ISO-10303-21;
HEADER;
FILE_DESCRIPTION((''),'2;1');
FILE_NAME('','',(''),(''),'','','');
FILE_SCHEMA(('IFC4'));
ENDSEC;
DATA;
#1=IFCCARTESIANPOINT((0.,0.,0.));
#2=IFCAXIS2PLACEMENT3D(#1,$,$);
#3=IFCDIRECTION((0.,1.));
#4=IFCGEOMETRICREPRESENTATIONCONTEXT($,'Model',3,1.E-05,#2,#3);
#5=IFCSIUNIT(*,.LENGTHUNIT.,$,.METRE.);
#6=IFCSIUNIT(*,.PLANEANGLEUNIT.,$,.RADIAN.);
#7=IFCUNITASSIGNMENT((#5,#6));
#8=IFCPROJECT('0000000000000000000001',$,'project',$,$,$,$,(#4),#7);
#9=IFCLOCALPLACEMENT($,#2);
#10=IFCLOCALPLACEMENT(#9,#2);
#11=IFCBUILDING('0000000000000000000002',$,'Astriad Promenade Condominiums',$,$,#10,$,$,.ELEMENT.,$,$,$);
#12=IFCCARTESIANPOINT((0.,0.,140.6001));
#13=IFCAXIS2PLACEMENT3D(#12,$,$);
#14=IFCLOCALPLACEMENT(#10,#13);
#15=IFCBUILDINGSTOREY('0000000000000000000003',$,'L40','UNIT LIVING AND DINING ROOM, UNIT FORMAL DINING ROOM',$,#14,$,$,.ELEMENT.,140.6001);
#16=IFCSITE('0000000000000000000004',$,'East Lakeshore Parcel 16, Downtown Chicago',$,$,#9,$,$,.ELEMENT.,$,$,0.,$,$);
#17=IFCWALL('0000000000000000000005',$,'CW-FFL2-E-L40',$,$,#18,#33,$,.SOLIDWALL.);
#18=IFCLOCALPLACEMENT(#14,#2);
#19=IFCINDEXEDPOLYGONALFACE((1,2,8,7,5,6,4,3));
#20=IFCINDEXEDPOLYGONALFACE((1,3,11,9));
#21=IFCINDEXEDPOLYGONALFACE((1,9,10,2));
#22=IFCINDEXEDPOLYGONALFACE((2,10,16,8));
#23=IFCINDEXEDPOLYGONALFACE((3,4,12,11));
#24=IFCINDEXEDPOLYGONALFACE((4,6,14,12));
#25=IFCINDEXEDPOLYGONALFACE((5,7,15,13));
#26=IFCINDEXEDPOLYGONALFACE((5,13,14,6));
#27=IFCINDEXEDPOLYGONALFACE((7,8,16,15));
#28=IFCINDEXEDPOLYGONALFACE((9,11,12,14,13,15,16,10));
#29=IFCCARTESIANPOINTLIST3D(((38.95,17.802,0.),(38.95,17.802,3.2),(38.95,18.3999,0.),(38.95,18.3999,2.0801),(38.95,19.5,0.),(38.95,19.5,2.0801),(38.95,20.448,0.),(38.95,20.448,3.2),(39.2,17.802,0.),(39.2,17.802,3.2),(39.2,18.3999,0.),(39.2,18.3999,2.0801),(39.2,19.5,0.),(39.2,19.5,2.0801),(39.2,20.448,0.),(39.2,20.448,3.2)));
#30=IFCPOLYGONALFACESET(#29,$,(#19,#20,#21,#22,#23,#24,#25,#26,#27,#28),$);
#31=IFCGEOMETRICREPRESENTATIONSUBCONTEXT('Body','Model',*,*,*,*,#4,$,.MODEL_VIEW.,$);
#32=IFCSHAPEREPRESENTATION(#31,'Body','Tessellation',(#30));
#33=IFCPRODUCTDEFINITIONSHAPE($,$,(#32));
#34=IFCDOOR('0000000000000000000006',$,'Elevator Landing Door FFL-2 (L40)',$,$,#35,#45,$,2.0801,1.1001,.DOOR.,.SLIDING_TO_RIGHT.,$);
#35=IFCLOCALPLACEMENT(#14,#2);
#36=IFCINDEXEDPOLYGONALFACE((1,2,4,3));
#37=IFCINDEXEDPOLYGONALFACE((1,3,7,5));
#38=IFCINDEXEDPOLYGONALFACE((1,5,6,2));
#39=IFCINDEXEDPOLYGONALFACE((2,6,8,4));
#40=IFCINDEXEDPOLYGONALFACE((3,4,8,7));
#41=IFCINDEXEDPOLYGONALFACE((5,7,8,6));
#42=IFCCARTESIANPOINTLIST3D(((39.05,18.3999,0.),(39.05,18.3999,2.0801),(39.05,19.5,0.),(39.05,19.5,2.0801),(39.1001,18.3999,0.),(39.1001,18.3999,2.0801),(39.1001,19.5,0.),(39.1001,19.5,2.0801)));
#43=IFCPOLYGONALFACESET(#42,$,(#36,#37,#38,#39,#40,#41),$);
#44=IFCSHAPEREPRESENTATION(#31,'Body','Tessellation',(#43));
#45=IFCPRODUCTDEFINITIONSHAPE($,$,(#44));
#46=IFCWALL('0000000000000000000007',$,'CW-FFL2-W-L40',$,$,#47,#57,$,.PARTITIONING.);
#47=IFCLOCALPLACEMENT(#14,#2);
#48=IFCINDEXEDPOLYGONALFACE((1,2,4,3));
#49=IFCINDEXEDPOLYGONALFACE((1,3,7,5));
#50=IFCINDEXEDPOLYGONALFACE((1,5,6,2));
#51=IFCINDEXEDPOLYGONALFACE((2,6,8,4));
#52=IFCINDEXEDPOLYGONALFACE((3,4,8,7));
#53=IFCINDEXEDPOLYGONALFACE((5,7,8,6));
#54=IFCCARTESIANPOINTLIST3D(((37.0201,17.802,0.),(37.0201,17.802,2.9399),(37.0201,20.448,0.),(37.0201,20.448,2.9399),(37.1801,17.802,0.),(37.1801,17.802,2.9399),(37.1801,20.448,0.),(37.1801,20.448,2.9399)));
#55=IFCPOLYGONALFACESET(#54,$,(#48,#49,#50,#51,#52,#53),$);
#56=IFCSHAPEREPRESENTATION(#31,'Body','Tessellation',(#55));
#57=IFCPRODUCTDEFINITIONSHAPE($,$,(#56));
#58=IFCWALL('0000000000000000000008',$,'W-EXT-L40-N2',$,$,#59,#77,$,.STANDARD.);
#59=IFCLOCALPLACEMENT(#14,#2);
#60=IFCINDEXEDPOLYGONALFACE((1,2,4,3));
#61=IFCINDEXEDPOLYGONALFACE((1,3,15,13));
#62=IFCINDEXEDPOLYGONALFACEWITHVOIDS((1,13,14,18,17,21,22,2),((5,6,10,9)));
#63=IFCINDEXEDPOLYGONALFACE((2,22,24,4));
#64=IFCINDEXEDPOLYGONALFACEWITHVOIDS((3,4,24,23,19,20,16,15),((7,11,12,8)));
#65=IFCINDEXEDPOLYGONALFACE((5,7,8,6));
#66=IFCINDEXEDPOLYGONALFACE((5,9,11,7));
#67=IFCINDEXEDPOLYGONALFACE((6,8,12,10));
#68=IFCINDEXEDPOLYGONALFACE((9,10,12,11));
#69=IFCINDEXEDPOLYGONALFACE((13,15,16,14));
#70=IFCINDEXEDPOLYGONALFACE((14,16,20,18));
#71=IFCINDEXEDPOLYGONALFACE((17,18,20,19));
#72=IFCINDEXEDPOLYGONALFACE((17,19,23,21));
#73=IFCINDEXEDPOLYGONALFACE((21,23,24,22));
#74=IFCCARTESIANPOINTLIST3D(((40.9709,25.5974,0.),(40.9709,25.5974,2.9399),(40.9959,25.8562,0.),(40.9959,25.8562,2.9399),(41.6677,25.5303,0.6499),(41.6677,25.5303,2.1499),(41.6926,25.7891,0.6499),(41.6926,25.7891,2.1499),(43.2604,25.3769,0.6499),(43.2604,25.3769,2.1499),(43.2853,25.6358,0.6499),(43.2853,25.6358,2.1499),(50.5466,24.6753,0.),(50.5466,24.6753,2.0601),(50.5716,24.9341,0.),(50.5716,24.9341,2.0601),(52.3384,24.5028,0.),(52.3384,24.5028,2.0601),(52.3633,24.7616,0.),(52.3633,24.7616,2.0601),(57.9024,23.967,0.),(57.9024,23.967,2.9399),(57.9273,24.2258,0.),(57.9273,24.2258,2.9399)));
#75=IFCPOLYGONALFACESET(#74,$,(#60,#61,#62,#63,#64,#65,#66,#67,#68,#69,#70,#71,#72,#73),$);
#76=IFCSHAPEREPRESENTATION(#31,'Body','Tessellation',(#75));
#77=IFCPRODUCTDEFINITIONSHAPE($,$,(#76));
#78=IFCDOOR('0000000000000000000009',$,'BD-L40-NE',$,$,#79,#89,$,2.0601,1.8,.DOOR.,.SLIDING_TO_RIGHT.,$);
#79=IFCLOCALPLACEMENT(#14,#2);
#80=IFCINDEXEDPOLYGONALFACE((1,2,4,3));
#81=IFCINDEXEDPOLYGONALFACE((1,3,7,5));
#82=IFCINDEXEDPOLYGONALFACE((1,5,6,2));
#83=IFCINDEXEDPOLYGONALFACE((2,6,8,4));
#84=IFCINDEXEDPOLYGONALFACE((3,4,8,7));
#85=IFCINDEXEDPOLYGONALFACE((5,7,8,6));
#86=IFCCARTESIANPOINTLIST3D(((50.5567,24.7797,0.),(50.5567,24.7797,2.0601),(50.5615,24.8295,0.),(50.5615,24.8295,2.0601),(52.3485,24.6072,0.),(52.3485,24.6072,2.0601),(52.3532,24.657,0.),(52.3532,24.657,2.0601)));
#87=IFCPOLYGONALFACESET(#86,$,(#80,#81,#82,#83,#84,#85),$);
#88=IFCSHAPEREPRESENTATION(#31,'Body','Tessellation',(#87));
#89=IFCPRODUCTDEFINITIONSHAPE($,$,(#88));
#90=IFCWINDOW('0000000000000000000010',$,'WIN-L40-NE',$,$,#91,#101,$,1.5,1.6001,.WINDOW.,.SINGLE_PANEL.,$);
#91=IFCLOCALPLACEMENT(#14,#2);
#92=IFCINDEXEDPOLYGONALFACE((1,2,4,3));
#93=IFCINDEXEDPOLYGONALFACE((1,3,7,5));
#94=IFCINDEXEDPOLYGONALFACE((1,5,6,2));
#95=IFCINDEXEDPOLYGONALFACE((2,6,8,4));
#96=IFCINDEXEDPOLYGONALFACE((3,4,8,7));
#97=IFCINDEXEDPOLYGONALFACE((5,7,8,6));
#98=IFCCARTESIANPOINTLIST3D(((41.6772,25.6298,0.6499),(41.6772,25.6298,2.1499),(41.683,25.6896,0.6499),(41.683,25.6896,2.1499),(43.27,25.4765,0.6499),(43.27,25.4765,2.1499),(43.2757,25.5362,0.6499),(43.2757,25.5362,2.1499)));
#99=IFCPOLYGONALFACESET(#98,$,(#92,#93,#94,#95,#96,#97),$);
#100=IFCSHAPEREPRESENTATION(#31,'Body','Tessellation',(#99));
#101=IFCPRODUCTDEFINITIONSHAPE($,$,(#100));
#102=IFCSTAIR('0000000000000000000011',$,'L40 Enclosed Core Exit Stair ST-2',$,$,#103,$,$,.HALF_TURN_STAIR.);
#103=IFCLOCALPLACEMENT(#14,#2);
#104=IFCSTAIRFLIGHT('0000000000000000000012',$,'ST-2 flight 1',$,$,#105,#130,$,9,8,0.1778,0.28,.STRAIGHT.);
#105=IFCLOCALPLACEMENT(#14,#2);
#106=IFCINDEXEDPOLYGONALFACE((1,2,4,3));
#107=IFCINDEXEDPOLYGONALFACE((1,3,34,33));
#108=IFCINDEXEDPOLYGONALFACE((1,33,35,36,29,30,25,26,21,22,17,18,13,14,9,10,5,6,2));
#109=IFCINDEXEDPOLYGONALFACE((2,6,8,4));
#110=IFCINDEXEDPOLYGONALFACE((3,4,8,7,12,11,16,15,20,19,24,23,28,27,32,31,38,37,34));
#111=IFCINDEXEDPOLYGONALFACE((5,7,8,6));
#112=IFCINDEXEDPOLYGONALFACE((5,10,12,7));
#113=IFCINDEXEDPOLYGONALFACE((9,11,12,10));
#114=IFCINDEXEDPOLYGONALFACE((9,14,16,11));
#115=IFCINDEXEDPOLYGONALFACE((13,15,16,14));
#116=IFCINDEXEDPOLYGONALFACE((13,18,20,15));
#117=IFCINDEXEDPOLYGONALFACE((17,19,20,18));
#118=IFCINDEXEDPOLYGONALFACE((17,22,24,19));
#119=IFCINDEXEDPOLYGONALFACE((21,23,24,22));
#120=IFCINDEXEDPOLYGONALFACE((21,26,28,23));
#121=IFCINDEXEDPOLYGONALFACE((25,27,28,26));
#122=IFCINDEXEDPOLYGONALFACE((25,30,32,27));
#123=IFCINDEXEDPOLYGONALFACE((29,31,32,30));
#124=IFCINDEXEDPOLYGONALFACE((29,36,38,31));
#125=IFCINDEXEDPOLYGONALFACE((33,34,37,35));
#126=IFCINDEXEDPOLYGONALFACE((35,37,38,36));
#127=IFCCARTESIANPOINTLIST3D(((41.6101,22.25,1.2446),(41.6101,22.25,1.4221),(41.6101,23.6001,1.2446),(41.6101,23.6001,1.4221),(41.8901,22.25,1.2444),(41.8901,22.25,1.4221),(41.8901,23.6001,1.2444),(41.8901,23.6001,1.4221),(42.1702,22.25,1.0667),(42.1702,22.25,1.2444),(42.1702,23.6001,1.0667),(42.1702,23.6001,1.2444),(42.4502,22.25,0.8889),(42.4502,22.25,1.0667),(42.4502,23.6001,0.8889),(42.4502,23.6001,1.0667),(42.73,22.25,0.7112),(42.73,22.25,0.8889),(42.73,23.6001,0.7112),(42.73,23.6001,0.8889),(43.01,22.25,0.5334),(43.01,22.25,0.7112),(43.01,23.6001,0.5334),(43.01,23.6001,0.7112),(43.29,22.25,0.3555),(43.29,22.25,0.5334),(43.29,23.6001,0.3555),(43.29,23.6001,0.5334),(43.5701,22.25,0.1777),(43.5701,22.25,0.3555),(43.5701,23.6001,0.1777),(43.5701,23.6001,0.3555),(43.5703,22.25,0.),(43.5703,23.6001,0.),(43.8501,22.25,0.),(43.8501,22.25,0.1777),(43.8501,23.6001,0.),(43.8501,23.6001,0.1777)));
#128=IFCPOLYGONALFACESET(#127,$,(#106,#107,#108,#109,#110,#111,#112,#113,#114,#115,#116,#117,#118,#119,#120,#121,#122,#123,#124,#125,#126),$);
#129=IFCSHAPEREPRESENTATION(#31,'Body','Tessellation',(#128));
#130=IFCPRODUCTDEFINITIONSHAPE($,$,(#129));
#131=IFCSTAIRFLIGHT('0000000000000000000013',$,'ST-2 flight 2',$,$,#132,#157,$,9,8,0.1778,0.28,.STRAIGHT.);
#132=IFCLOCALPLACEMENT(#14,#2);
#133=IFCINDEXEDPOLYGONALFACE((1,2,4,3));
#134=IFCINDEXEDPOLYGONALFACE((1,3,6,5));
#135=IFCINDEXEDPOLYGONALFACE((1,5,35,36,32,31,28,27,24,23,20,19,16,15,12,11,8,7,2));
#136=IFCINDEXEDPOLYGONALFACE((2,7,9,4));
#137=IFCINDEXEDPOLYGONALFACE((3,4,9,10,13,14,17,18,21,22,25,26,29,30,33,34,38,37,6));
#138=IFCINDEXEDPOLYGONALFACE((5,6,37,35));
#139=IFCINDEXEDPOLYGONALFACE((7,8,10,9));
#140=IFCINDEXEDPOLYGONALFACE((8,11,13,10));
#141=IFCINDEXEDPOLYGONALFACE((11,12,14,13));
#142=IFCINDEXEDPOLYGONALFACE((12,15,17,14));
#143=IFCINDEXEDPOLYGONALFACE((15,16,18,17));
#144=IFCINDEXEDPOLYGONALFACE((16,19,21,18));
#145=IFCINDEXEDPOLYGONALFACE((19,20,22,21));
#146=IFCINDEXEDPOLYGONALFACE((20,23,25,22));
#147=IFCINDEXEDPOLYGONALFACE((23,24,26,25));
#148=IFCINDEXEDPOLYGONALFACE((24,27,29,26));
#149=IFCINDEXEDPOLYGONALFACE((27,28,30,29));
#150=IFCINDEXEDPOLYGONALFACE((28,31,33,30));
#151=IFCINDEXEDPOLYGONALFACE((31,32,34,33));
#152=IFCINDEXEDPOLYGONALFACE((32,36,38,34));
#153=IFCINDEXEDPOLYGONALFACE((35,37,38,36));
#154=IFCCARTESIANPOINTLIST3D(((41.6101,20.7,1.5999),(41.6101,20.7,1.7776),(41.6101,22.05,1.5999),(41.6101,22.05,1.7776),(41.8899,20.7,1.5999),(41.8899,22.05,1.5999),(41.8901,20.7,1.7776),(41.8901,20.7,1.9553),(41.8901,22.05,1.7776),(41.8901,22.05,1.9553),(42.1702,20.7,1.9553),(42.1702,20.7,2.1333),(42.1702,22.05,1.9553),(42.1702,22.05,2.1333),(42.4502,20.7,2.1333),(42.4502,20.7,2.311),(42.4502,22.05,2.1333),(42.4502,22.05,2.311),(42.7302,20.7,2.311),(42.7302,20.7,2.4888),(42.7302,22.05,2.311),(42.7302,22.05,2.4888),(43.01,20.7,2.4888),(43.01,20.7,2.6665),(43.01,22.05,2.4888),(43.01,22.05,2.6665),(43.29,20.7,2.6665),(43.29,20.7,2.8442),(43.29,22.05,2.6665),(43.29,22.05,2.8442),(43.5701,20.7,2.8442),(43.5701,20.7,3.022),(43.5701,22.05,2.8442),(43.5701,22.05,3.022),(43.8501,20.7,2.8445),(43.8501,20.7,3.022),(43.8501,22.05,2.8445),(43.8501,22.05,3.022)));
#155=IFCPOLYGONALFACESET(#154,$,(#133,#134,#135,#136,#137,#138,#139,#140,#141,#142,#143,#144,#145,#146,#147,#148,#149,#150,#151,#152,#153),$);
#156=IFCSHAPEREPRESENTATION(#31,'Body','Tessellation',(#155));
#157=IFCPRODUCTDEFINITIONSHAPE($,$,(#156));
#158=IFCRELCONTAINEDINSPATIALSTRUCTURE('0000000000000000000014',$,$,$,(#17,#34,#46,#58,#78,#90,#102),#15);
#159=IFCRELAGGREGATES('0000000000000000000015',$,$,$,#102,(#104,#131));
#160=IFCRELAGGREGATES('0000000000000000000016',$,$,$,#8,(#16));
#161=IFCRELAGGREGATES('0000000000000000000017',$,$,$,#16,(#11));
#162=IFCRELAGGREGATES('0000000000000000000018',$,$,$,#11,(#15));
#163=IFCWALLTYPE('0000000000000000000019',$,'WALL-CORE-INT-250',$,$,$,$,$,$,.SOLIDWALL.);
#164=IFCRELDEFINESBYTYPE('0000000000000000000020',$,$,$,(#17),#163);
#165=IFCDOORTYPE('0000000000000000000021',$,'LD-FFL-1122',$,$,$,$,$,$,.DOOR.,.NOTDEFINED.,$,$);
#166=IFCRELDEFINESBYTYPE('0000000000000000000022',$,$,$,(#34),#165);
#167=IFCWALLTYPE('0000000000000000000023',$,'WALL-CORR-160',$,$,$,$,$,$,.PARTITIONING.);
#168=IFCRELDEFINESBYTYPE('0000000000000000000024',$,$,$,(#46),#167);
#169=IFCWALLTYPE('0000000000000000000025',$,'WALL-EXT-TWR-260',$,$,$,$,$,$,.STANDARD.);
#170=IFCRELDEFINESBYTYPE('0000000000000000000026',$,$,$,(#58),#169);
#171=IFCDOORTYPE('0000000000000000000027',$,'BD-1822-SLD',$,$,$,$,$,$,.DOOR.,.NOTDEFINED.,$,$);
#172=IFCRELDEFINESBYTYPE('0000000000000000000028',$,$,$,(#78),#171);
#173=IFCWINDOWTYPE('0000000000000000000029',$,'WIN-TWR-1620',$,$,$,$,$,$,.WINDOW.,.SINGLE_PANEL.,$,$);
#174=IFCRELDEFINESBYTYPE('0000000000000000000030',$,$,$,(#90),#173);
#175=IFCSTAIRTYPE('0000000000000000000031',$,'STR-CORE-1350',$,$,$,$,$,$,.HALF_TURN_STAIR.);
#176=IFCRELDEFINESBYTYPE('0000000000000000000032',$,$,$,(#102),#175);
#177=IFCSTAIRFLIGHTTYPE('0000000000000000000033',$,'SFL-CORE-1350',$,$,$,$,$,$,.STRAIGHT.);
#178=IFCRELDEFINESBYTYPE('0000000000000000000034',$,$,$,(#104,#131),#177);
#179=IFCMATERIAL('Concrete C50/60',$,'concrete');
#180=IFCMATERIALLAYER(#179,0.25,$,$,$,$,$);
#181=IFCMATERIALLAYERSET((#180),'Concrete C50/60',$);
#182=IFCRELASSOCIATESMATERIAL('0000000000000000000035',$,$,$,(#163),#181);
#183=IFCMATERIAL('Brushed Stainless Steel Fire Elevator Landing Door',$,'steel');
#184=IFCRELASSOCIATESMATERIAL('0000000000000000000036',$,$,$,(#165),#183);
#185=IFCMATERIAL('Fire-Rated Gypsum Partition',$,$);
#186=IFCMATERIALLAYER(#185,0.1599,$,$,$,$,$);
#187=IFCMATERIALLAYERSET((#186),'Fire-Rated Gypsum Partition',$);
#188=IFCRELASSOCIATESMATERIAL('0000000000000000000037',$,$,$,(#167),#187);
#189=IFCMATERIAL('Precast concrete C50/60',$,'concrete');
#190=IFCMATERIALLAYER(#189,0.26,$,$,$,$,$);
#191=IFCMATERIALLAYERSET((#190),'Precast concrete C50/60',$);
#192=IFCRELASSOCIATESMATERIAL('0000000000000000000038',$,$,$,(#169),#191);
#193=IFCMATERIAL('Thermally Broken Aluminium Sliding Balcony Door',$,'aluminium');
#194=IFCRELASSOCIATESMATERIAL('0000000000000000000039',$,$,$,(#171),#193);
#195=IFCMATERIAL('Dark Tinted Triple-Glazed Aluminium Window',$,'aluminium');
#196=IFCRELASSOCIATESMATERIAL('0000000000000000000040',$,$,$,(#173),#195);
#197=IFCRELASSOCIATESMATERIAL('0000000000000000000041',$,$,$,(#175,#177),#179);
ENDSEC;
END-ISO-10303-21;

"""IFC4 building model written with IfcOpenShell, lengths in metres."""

from ifc_helpers import new_model, si_unit, direction, frame, frame_2d, origin, place, context, subcontext, project, spatial, polyline, rectangle, outline, extrude, source, transform, mapped, material, layer, layer_set, type_object, type_shapes, element, fill, aggregate, save


model = new_model("IFC4")

# Units and contexts
model_context = context("Model", 3, precision=1e-05, world=origin(), true_north=direction((0.0, 1.0)))
body_context = subcontext(model_context, "Body", "Model", "MODEL_VIEW")
ifc_project = project(units=[si_unit("LENGTHUNIT", "METRE"), si_unit("PLANEANGLEUNIT", "RADIAN")], contexts=[model_context])

# Site, building, storey
site_placement = place(None, origin())
site = spatial("IfcSite", under=ifc_project, at=site_placement, Name="East Lakeshore Parcel 16, Downtown Chicago", CompositionType="ELEMENT", RefElevation=0.0)
building_placement = place(site_placement, origin())
building = spatial("IfcBuilding", under=site, at=building_placement, Name="Astriad Promenade Condominiums", CompositionType="ELEMENT")
storey_placement = place(building_placement, frame((0.0, 0.0, 140.6001)))
storey = spatial("IfcBuildingStorey", under=building, at=storey_placement, Name="L40", Description="UNIT LIVING AND DINING ROOM, UNIT FORMAL DINING ROOM", CompositionType="ELEMENT", Elevation=140.6001)

# Shared definitions
ifc_material_1 = material(Name="Concrete C50/60", Category="concrete")
ifc_layer_1 = layer(ifc_material_1, 0.25)
ifc_layer_set_1 = layer_set([ifc_layer_1], Name="Concrete C50/60")
wall_type_1 = type_object("IfcWallType", Name="WALL-CORE-INT-250", PredefinedType="SOLIDWALL", material=ifc_layer_set_1)

# Wall, opening, door
wall_1_placement = place(storey_placement, frame((39.075, 17.802, 0.0), z_axis=(0.0, 0.0, 1.0), x_axis=(0.0, 1.0, 0.0)))
wall_1 = element("IfcWall", 1, at=wall_1_placement, inside=storey, type_object=wall_type_1, Name="CW-FFL2-E-L40", PredefinedType="SOLIDWALL", context=body_context, shape_type="SweptSolid", body=[
    extrude(rectangle(XDim=2.646, YDim=0.25, at=frame_2d((1.323, 0.0))), origin(), (0.0, 0.0, 1.0), 3.2),
])
opening_1_placement = place(wall_1_placement, frame((0.5979, 0.0, 0.0)))
opening_1 = element("IfcOpeningElement", 2, at=opening_1_placement, cuts=wall_1, PredefinedType="OPENING", context=body_context, shape_type="SweptSolid", body=[
    extrude(rectangle(XDim=1.1001, YDim=2.0801, at=frame_2d((0.55, 1.04))), frame((0.0, 0.135, 0.0), z_axis=(0.0, -1.0, 0.0), x_axis=(1.0, 0.0, 0.0)), (0.0, 0.0, 1.0), 0.27),
])
ifc_material_2 = material(Name="Brushed Stainless Steel Fire Elevator Landing Door", Category="steel")
door_type_1 = type_object("IfcDoorType", Name="LD-FFL-1122", OperationType="NOTDEFINED", PredefinedType="DOOR", material=ifc_material_2)
shared_shape_1 = source(origin(), body_context, "Body", "SweptSolid", [
    extrude(rectangle(XDim=1.1001, YDim=2.0801, at=frame_2d((0.55, 1.04))), frame((0.0, 0.0249, 0.0), z_axis=(0.0, -1.0, 0.0), x_axis=(1.0, 0.0, 0.0)), (0.0, 0.0, 1.0), 0.05),
])
type_shapes(door_type_1, [shared_shape_1])
door_1_placement = place(opening_1_placement, origin())
door_1 = element("IfcDoor", 3, at=door_1_placement, inside=storey, type_object=door_type_1, Name="Elevator Landing Door FFL-2 (L40)", OperationType="SLIDING_TO_RIGHT", OverallHeight=2.0801, OverallWidth=1.1001, PredefinedType="DOOR", context=body_context, shape_type="MappedRepresentation", body=[
    mapped(shared_shape_1, transform((0.0, 0.0, 0.0), scale=1.0)),
])
fill(opening_1, door_1)

# Wall
ifc_material_3 = material(Name="Fire-Rated Gypsum Partition")
ifc_layer_2 = layer(ifc_material_3, 0.1599)
ifc_layer_set_2 = layer_set([ifc_layer_2], Name="Fire-Rated Gypsum Partition")
wall_type_2 = type_object("IfcWallType", Name="WALL-CORR-160", PredefinedType="PARTITIONING", material=ifc_layer_set_2)
wall_2_placement = place(storey_placement, frame((37.1001, 17.802, 0.0), z_axis=(0.0, 0.0, 1.0), x_axis=(0.0, 1.0, 0.0)))
element("IfcWall", 4, at=wall_2_placement, inside=storey, type_object=wall_type_2, Name="CW-FFL2-W-L40", PredefinedType="PARTITIONING", context=body_context, shape_type="SweptSolid", body=[
    extrude(rectangle(XDim=2.646, YDim=0.1599, at=frame_2d((1.323, 0.0))), origin(), (0.0, 0.0, 1.0), 2.9399),
])

# Wall, openings, door, window
ifc_material_4 = material(Name="Precast concrete C50/60", Category="concrete")
ifc_layer_3 = layer(ifc_material_4, 0.26)
ifc_layer_set_3 = layer_set([ifc_layer_3], Name="Precast concrete C50/60")
wall_type_3 = type_object("IfcWallType", Name="WALL-EXT-TWR-260", PredefinedType="STANDARD", material=ifc_layer_set_3)
wall_3_placement = place(storey_placement, frame((40.9834, 25.7268, 0.0), z_axis=(0.0, 0.0, 1.0), x_axis=(0.995396, -0.095849, 0.0)))
wall_3 = element("IfcWall", 5, at=wall_3_placement, inside=storey, type_object=wall_type_3, Name="W-EXT-L40-N2", PredefinedType="STANDARD", context=body_context, shape_type="SweptSolid", body=[
    extrude(rectangle(XDim=17.0098, YDim=0.26, at=frame_2d((8.5049, 0.0))), origin(), (0.0, 0.0, 1.0), 2.9399),
])
opening_2_placement = place(wall_3_placement, frame((9.6201, 0.0, 0.0)))
opening_2 = element("IfcOpeningElement", 6, at=opening_2_placement, cuts=wall_3, PredefinedType="OPENING", context=body_context, shape_type="SweptSolid", body=[
    extrude(rectangle(XDim=1.8, YDim=2.0601, at=frame_2d((0.8999, 1.03))), frame((0.0, 0.1399, 0.0), z_axis=(0.0, -1.0, 0.0), x_axis=(1.0, 0.0, 0.0)), (0.0, 0.0, 1.0), 0.28),
])
opening_3_placement = place(wall_3_placement, frame((0.7, 0.0, 0.6499)))
opening_3 = element("IfcOpeningElement", 7, at=opening_3_placement, cuts=wall_3, PredefinedType="OPENING", context=body_context, shape_type="SweptSolid", body=[
    extrude(rectangle(XDim=1.6001, YDim=1.5, at=frame_2d((0.8, 0.75))), frame((0.0, 0.1399, 0.0), z_axis=(0.0, -1.0, 0.0), x_axis=(1.0, 0.0, 0.0)), (0.0, 0.0, 1.0), 0.28),
])
ifc_material_5 = material(Name="Thermally Broken Aluminium Sliding Balcony Door", Category="aluminium")
door_type_2 = type_object("IfcDoorType", Name="BD-1822-SLD", OperationType="NOTDEFINED", PredefinedType="DOOR", material=ifc_material_5)
shared_shape_2 = source(origin(), body_context, "Body", "SweptSolid", [
    extrude(rectangle(XDim=1.8, YDim=2.0601, at=frame_2d((0.8999, 1.03))), frame((0.0, 0.0249, 0.0), z_axis=(0.0, -1.0, 0.0), x_axis=(1.0, 0.0, 0.0)), (0.0, 0.0, 1.0), 0.05),
])
type_shapes(door_type_2, [shared_shape_2])
door_2_placement = place(opening_2_placement, origin())
door_2 = element("IfcDoor", 8, at=door_2_placement, inside=storey, type_object=door_type_2, Name="BD-L40-NE", OperationType="SLIDING_TO_RIGHT", OverallHeight=2.0601, OverallWidth=1.8, PredefinedType="DOOR", context=body_context, shape_type="MappedRepresentation", body=[
    mapped(shared_shape_2, transform((0.0, 0.0, 0.0), scale=1.0)),
])
fill(opening_2, door_2)
ifc_material_6 = material(Name="Dark Tinted Triple-Glazed Aluminium Window", Category="aluminium")
window_type = type_object("IfcWindowType", Name="WIN-TWR-1620", PartitioningType="SINGLE_PANEL", PredefinedType="WINDOW", material=ifc_material_6)
shared_shape_3 = source(origin(), body_context, "Body", "SweptSolid", [
    extrude(rectangle(XDim=1.6001, YDim=1.5, at=frame_2d((0.8, 0.75))), frame((0.0, 0.03, 0.0), z_axis=(0.0, -1.0, 0.0), x_axis=(1.0, 0.0, 0.0)), (0.0, 0.0, 1.0), 0.0601),
])
type_shapes(window_type, [shared_shape_3])
window_placement = place(opening_3_placement, origin())
window = element("IfcWindow", 9, at=window_placement, inside=storey, type_object=window_type, Name="WIN-L40-NE", OverallHeight=1.5, OverallWidth=1.6001, PartitioningType="SINGLE_PANEL", PredefinedType="WINDOW", context=body_context, shape_type="MappedRepresentation", body=[
    mapped(shared_shape_3, transform((0.0, 0.0, 0.0), scale=1.0)),
])
fill(opening_3, window)

# Stair, stair flights
stair_type = type_object("IfcStairType", Name="STR-CORE-1350", PredefinedType="HALF_TURN_STAIR", material=ifc_material_1)
stair_placement = place(storey_placement, origin())
stair = element("IfcStair", 10, at=stair_placement, inside=storey, type_object=stair_type, Name="L40 Enclosed Core Exit Stair ST-2", PredefinedType="HALF_TURN_STAIR")
stair_flight_type = type_object("IfcStairFlightType", Name="SFL-CORE-1350", PredefinedType="STRAIGHT", material=ifc_material_1)
shared_shape_4 = source(origin(), body_context, "Body", "SweptSolid", [
    extrude(outline(polyline([(0.0, 0.0), (0.0, 0.1777), (0.28, 0.1777), (0.28, 0.3555), (0.5601, 0.3555), (0.5601, 0.5334), (0.8401, 0.5334), (0.8401, 0.7112), (1.1201, 0.7112), (1.1201, 0.8889), (1.3999, 0.8889), (1.3999, 1.0667), (1.6799, 1.0667), (1.6799, 1.2444), (1.96, 1.2444), (1.96, 1.4221), (2.24, 1.4221), (2.24, 1.6001), (2.24, 1.2446), (0.2798, 0.0), (0.0, 0.0)])), frame((0.0, 0.675, 0.0), z_axis=(0.0, -1.0, 0.0), x_axis=(1.0, 0.0, 0.0)), (0.0, 0.0, 1.0), 1.3501),
])
type_shapes(stair_flight_type, [shared_shape_4])
stair_flight_1_placement = place(storey_placement, frame((43.8501, 22.925, 0.0), z_axis=(0.0, 0.0, 1.0), x_axis=(-1.0, 0.0, 0.0)))
stair_flight_1 = element("IfcStairFlight", 11, at=stair_flight_1_placement, type_object=stair_flight_type, Name="ST-2 flight 1", NumberOfRisers=9, NumberOfTreads=8, PredefinedType="STRAIGHT", RiserHeight=0.1778, TreadLength=0.28, context=body_context, shape_type="MappedRepresentation", body=[
    mapped(shared_shape_4, transform((0.0, 0.0, 0.0), scale=1.0)),
])
stair_flight_2_placement = place(storey_placement, frame((41.6101, 21.375, 1.5999), z_axis=(0.0, 0.0, 1.0), x_axis=(1.0, 0.0, 0.0)))
stair_flight_2 = element("IfcStairFlight", 12, at=stair_flight_2_placement, type_object=stair_flight_type, Name="ST-2 flight 2", NumberOfRisers=9, NumberOfTreads=8, PredefinedType="STRAIGHT", RiserHeight=0.1778, TreadLength=0.28, context=body_context, shape_type="MappedRepresentation", body=[
    mapped(shared_shape_4, transform((0.0, 0.0, 0.0), scale=1.0)),
])
aggregate(stair, [stair_flight_1, stair_flight_2])

save(model, "model.ifc")
